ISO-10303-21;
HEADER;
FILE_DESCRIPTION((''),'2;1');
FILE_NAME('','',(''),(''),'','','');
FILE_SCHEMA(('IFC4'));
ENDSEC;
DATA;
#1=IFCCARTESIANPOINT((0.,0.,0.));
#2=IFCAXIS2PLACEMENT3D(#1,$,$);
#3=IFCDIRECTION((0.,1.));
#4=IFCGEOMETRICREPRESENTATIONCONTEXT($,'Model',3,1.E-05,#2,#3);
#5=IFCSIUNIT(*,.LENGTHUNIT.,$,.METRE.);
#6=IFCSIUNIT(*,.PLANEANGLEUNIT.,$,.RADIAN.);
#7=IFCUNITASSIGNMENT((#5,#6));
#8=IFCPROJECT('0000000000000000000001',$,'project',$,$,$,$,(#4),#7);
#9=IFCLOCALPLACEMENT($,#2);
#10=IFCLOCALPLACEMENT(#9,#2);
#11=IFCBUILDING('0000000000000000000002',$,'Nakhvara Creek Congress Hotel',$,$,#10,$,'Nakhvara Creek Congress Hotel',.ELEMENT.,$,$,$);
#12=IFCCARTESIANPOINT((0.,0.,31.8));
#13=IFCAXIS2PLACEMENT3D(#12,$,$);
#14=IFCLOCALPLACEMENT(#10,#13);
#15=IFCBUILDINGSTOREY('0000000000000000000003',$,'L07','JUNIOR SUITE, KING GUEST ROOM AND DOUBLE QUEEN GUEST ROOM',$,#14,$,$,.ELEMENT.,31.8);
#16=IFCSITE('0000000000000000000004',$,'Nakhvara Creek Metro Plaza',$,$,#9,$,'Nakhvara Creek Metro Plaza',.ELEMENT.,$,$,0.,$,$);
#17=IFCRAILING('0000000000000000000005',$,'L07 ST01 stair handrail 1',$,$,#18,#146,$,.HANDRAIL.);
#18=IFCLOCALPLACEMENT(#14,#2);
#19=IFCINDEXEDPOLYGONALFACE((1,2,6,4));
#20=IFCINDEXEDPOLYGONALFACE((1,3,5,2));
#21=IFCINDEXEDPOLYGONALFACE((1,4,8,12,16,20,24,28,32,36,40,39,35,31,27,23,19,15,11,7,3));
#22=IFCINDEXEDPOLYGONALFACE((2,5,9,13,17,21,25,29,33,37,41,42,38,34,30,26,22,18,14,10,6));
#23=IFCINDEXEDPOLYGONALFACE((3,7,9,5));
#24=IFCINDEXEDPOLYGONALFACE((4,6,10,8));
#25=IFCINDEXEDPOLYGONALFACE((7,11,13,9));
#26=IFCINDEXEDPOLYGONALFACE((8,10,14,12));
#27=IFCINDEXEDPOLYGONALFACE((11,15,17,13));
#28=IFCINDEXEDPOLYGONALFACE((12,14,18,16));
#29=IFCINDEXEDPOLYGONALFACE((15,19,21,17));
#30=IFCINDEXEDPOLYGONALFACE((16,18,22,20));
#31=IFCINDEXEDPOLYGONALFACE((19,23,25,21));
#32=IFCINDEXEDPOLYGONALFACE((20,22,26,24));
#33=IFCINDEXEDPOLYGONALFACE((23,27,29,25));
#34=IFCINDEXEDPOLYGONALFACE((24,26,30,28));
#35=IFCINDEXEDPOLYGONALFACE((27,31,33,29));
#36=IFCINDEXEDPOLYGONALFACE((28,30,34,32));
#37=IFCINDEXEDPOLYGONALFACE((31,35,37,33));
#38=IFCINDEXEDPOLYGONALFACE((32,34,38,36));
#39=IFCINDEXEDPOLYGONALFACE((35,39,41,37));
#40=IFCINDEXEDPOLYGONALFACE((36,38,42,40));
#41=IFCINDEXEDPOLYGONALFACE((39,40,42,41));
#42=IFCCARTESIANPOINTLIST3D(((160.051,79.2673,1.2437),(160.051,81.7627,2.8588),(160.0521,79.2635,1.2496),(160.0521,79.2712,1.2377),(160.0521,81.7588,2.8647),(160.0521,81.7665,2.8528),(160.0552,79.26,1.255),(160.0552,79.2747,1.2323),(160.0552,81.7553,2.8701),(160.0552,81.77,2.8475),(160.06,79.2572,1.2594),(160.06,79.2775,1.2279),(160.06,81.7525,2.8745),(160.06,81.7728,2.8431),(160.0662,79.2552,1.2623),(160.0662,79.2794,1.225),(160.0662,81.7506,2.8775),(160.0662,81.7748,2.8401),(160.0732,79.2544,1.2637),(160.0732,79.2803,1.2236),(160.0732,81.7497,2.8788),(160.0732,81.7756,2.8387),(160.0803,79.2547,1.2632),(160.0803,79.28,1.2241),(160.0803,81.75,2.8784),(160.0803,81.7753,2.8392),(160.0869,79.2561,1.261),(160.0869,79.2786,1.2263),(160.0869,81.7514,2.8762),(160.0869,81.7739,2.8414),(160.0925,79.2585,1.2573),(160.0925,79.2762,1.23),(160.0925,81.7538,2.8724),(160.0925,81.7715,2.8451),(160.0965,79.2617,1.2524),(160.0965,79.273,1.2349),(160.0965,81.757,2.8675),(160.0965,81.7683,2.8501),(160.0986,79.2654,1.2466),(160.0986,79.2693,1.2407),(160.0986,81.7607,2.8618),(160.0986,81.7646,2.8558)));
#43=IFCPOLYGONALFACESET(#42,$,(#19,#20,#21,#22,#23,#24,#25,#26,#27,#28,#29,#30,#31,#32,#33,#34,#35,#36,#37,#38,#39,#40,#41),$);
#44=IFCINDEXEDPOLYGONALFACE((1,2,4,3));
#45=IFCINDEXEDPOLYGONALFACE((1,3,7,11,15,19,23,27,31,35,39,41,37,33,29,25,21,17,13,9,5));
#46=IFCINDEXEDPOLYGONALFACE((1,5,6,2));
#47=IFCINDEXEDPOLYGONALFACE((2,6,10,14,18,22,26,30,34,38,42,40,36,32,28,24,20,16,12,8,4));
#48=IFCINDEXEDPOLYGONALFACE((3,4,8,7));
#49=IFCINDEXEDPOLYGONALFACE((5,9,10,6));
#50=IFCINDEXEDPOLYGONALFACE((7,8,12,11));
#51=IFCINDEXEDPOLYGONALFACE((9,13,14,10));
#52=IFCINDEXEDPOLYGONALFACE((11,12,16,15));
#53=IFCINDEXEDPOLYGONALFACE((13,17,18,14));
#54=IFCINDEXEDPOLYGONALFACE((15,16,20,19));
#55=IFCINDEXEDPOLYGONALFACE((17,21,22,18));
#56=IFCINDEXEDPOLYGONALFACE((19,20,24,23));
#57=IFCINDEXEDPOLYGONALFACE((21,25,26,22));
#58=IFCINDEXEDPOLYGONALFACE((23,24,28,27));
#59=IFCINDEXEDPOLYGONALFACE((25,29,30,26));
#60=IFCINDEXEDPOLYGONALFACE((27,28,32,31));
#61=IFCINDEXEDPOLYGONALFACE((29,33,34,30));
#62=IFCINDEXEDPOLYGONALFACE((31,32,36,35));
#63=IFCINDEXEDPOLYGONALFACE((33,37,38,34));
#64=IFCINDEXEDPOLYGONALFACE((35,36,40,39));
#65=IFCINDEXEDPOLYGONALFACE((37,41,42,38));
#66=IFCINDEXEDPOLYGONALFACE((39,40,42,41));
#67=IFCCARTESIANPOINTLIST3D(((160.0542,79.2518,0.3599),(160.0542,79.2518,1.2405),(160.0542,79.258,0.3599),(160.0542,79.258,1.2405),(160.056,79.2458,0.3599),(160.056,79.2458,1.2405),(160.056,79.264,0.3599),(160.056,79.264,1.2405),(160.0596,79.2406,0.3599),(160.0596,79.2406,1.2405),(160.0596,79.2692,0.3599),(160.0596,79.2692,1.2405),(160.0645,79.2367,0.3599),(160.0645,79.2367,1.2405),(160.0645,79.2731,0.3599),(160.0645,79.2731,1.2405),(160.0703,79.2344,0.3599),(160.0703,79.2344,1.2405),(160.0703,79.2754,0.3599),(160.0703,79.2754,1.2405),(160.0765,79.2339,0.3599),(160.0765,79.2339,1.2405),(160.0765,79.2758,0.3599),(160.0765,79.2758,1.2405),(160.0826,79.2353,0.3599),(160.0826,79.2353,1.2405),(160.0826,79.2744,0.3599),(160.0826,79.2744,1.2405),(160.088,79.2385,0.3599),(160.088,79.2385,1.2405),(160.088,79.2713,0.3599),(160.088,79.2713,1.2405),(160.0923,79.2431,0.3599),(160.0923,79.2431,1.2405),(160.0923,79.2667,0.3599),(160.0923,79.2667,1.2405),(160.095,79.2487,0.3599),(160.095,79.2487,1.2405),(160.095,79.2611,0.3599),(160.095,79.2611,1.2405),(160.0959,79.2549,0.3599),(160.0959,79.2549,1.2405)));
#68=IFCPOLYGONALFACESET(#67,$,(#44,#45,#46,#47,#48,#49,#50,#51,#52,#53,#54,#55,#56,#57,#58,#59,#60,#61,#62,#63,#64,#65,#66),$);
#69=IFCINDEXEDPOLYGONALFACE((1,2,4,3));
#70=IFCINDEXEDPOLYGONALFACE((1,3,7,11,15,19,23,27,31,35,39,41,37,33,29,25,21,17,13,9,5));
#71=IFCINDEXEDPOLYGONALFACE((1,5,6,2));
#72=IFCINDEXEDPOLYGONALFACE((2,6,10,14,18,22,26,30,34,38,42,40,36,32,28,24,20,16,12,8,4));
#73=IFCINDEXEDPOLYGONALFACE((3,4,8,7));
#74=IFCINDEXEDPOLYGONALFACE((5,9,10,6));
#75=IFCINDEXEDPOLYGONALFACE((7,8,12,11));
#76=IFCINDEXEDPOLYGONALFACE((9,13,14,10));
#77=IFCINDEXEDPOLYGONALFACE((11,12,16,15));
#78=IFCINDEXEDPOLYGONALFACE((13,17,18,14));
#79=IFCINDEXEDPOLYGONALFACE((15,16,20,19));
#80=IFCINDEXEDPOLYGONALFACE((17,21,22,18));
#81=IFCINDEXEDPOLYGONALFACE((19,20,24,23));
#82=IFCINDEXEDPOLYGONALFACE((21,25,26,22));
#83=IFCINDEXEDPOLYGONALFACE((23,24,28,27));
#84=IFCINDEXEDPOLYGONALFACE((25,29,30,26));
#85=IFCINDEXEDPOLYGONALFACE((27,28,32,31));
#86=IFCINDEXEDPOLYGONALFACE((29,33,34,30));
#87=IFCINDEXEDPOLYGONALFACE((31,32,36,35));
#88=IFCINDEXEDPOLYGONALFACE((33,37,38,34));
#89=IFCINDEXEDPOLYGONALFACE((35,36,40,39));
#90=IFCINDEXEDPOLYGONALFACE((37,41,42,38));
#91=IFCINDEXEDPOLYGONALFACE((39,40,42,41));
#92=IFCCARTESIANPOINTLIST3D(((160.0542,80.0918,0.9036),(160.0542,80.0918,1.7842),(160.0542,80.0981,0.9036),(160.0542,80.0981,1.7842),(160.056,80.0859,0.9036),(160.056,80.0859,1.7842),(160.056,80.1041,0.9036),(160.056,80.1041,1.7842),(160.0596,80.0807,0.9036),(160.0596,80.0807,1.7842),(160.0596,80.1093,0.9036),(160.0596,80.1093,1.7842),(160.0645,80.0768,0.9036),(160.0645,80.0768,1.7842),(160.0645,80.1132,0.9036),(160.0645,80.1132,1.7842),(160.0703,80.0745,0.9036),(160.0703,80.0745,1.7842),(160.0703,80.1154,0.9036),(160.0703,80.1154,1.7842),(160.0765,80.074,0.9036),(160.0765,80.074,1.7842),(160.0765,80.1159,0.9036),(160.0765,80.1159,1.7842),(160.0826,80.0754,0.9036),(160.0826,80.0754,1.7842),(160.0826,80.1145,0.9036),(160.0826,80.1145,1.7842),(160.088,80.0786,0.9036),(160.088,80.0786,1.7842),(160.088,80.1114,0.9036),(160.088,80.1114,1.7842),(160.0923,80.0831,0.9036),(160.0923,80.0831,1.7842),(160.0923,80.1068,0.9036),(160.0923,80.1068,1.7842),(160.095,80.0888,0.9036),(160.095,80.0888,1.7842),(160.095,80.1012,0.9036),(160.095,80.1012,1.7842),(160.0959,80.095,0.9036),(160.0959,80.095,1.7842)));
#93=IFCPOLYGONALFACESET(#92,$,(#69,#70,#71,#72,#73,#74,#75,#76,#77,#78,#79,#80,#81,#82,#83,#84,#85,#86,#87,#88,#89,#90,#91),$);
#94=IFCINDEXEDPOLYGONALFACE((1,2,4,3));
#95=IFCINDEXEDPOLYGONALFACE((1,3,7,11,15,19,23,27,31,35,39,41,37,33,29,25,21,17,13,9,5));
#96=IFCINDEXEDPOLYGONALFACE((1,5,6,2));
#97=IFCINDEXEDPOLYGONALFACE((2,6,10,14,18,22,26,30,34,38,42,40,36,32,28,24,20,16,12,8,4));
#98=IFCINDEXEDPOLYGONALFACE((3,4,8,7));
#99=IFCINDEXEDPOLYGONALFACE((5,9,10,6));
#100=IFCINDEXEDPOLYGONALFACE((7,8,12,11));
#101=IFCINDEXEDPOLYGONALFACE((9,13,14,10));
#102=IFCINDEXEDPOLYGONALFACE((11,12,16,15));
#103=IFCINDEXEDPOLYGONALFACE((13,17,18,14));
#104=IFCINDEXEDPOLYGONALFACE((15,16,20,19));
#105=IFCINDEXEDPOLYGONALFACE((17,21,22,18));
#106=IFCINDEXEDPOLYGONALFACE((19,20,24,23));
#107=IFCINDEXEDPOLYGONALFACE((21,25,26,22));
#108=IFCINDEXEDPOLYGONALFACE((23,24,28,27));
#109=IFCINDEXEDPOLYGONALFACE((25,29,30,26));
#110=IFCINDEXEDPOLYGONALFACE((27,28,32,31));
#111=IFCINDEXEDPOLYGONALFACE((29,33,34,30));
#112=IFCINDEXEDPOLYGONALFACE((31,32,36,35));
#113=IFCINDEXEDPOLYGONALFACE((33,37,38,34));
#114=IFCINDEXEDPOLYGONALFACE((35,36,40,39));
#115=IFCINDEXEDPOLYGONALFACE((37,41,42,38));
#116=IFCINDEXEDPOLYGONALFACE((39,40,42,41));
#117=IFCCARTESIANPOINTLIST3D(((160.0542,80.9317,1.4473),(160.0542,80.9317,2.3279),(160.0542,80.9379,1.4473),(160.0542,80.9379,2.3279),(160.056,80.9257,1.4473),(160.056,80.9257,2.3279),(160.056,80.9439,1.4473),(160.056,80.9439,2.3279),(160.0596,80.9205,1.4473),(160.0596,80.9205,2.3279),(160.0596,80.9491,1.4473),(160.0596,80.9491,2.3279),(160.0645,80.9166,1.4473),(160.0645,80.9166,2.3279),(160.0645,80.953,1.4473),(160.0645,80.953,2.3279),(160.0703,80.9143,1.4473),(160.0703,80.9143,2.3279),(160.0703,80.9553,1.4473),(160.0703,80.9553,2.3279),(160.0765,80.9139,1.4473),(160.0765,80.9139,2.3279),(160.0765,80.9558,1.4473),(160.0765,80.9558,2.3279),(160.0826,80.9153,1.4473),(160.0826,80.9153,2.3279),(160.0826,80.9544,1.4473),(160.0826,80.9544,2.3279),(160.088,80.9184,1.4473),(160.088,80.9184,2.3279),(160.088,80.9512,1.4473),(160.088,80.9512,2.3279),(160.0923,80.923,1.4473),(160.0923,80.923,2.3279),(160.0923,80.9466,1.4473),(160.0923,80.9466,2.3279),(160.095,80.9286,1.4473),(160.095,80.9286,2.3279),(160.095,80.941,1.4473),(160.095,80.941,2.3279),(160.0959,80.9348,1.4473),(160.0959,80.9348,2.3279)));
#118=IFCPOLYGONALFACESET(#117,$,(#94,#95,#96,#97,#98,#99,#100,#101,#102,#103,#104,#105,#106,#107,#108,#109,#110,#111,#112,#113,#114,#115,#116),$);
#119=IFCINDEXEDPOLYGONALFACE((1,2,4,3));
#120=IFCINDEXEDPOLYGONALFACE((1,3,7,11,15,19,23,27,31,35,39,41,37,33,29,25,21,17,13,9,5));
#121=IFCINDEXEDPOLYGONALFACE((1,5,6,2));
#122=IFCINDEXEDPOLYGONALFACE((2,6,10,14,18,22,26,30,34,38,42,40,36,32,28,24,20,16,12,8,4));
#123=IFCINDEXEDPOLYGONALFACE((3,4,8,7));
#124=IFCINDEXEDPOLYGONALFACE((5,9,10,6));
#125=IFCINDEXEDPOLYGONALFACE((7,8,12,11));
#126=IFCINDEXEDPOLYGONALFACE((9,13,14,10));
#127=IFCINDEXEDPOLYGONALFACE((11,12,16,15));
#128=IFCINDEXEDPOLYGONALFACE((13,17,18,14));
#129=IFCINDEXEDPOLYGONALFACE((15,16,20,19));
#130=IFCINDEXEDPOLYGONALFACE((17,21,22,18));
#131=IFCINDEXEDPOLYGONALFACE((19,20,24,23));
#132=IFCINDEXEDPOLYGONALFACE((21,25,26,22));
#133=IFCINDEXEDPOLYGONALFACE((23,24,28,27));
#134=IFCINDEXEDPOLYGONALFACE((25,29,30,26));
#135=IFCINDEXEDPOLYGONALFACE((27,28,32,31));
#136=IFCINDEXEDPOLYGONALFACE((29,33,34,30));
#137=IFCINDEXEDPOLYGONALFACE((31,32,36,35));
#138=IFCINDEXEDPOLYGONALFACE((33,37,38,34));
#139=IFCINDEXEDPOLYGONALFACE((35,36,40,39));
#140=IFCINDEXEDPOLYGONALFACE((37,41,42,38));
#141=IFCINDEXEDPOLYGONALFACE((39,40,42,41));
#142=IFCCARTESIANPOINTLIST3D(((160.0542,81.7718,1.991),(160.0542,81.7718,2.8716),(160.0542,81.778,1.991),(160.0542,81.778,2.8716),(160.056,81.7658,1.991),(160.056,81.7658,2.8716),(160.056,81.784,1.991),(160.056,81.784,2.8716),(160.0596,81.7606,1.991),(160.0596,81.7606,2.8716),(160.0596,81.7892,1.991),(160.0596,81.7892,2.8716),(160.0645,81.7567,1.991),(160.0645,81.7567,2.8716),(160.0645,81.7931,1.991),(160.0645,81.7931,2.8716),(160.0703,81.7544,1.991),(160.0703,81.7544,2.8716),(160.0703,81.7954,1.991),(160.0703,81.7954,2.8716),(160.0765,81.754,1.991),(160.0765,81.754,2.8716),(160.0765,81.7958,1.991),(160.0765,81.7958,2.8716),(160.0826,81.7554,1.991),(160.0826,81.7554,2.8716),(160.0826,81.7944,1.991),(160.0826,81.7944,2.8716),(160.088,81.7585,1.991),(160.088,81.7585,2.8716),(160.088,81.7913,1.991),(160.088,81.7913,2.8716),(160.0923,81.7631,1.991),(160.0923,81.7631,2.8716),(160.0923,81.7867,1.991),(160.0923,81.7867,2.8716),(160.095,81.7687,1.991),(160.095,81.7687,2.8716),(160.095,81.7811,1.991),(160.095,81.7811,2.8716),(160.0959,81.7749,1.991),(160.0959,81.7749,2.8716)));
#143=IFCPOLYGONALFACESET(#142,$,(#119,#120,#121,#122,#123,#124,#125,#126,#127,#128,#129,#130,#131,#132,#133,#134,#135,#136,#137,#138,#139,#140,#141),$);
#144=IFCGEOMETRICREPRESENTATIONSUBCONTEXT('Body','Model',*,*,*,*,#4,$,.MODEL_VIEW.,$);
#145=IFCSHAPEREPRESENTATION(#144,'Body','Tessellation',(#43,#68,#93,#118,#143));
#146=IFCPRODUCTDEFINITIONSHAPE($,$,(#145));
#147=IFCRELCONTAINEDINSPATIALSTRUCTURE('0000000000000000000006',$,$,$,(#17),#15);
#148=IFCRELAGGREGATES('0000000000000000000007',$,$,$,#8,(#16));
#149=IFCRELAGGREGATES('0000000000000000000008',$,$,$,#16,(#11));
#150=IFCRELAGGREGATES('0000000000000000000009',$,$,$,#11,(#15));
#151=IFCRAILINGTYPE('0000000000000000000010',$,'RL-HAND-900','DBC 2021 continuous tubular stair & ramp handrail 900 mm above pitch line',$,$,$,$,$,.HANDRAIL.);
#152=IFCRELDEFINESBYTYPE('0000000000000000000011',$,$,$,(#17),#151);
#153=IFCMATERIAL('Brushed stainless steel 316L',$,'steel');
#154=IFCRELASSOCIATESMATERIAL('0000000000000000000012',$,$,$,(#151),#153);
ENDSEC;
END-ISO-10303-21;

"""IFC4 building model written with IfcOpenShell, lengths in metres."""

from ifc_helpers import new_model, si_unit, direction, frame, origin, origin_2d, place, context, subcontext, project, spatial, circle, extrude, material, type_object, element, save


model = new_model("IFC4")

# Units and contexts
model_context = context("Model", 3, precision=1e-05, world=origin(), true_north=direction((0.0, 1.0)))
body_context = subcontext(model_context, "Body", "Model", "MODEL_VIEW")
ifc_project = project(units=[si_unit("LENGTHUNIT", "METRE"), si_unit("PLANEANGLEUNIT", "RADIAN")], contexts=[model_context])

# Site, building, storey
site_placement = place(None, origin())
site = spatial("IfcSite", under=ifc_project, at=site_placement, Name="Nakhvara Creek Metro Plaza", LongName="Nakhvara Creek Metro Plaza", CompositionType="ELEMENT", RefElevation=0.0)
building_placement = place(site_placement, origin())
building = spatial("IfcBuilding", under=site, at=building_placement, Name="Nakhvara Creek Congress Hotel", LongName="Nakhvara Creek Congress Hotel", CompositionType="ELEMENT")
storey_placement = place(building_placement, frame((0.0, 0.0, 31.8)))
storey = spatial("IfcBuildingStorey", under=building, at=storey_placement, Name="L07", Description="JUNIOR SUITE, KING GUEST ROOM AND DOUBLE QUEEN GUEST ROOM", CompositionType="ELEMENT", Elevation=31.8)

# Railing
ifc_material_1 = material(Name="Brushed stainless steel 316L", Category="steel")
railing_type_1 = type_object("IfcRailingType", Name="RL-HAND-900", Description="DBC 2021 continuous tubular stair & ramp handrail 900 mm above pitch line", PredefinedType="HANDRAIL", material=ifc_material_1)
railing_1_placement = place(storey_placement, frame((160.075, 79.2549, 0.3599)))
element("IfcRailing", 1, at=railing_1_placement, inside=storey, type_object=railing_type_1, Name="L07 ST01 stair handrail 1", PredefinedType="HANDRAIL", context=body_context, shape_type="SweptSolid", body=[
    extrude(circle(Radius=0.0239, at=origin_2d()), frame((0.0, 0.0125, 0.8838), z_axis=(0.0, 0.839494, 0.543369), x_axis=(-1.0, 0.0, 0.0)), (0.0, 0.0, 1.0), 2.9724),
    extrude(circle(Radius=0.021, at=origin_2d()), origin(), (0.0, 0.0, 1.0), 0.8806),
    extrude(circle(Radius=0.021, at=origin_2d()), frame((0.0, 0.8401, 0.5437)), (0.0, 0.0, 1.0), 0.8806),
    extrude(circle(Radius=0.021, at=origin_2d()), frame((0.0, 1.6799, 1.0874)), (0.0, 0.0, 1.0), 0.8806),
    extrude(circle(Radius=0.021, at=origin_2d()), frame((0.0, 2.52, 1.6311)), (0.0, 0.0, 1.0), 0.8806),
])

save(model, "model.ifc")
